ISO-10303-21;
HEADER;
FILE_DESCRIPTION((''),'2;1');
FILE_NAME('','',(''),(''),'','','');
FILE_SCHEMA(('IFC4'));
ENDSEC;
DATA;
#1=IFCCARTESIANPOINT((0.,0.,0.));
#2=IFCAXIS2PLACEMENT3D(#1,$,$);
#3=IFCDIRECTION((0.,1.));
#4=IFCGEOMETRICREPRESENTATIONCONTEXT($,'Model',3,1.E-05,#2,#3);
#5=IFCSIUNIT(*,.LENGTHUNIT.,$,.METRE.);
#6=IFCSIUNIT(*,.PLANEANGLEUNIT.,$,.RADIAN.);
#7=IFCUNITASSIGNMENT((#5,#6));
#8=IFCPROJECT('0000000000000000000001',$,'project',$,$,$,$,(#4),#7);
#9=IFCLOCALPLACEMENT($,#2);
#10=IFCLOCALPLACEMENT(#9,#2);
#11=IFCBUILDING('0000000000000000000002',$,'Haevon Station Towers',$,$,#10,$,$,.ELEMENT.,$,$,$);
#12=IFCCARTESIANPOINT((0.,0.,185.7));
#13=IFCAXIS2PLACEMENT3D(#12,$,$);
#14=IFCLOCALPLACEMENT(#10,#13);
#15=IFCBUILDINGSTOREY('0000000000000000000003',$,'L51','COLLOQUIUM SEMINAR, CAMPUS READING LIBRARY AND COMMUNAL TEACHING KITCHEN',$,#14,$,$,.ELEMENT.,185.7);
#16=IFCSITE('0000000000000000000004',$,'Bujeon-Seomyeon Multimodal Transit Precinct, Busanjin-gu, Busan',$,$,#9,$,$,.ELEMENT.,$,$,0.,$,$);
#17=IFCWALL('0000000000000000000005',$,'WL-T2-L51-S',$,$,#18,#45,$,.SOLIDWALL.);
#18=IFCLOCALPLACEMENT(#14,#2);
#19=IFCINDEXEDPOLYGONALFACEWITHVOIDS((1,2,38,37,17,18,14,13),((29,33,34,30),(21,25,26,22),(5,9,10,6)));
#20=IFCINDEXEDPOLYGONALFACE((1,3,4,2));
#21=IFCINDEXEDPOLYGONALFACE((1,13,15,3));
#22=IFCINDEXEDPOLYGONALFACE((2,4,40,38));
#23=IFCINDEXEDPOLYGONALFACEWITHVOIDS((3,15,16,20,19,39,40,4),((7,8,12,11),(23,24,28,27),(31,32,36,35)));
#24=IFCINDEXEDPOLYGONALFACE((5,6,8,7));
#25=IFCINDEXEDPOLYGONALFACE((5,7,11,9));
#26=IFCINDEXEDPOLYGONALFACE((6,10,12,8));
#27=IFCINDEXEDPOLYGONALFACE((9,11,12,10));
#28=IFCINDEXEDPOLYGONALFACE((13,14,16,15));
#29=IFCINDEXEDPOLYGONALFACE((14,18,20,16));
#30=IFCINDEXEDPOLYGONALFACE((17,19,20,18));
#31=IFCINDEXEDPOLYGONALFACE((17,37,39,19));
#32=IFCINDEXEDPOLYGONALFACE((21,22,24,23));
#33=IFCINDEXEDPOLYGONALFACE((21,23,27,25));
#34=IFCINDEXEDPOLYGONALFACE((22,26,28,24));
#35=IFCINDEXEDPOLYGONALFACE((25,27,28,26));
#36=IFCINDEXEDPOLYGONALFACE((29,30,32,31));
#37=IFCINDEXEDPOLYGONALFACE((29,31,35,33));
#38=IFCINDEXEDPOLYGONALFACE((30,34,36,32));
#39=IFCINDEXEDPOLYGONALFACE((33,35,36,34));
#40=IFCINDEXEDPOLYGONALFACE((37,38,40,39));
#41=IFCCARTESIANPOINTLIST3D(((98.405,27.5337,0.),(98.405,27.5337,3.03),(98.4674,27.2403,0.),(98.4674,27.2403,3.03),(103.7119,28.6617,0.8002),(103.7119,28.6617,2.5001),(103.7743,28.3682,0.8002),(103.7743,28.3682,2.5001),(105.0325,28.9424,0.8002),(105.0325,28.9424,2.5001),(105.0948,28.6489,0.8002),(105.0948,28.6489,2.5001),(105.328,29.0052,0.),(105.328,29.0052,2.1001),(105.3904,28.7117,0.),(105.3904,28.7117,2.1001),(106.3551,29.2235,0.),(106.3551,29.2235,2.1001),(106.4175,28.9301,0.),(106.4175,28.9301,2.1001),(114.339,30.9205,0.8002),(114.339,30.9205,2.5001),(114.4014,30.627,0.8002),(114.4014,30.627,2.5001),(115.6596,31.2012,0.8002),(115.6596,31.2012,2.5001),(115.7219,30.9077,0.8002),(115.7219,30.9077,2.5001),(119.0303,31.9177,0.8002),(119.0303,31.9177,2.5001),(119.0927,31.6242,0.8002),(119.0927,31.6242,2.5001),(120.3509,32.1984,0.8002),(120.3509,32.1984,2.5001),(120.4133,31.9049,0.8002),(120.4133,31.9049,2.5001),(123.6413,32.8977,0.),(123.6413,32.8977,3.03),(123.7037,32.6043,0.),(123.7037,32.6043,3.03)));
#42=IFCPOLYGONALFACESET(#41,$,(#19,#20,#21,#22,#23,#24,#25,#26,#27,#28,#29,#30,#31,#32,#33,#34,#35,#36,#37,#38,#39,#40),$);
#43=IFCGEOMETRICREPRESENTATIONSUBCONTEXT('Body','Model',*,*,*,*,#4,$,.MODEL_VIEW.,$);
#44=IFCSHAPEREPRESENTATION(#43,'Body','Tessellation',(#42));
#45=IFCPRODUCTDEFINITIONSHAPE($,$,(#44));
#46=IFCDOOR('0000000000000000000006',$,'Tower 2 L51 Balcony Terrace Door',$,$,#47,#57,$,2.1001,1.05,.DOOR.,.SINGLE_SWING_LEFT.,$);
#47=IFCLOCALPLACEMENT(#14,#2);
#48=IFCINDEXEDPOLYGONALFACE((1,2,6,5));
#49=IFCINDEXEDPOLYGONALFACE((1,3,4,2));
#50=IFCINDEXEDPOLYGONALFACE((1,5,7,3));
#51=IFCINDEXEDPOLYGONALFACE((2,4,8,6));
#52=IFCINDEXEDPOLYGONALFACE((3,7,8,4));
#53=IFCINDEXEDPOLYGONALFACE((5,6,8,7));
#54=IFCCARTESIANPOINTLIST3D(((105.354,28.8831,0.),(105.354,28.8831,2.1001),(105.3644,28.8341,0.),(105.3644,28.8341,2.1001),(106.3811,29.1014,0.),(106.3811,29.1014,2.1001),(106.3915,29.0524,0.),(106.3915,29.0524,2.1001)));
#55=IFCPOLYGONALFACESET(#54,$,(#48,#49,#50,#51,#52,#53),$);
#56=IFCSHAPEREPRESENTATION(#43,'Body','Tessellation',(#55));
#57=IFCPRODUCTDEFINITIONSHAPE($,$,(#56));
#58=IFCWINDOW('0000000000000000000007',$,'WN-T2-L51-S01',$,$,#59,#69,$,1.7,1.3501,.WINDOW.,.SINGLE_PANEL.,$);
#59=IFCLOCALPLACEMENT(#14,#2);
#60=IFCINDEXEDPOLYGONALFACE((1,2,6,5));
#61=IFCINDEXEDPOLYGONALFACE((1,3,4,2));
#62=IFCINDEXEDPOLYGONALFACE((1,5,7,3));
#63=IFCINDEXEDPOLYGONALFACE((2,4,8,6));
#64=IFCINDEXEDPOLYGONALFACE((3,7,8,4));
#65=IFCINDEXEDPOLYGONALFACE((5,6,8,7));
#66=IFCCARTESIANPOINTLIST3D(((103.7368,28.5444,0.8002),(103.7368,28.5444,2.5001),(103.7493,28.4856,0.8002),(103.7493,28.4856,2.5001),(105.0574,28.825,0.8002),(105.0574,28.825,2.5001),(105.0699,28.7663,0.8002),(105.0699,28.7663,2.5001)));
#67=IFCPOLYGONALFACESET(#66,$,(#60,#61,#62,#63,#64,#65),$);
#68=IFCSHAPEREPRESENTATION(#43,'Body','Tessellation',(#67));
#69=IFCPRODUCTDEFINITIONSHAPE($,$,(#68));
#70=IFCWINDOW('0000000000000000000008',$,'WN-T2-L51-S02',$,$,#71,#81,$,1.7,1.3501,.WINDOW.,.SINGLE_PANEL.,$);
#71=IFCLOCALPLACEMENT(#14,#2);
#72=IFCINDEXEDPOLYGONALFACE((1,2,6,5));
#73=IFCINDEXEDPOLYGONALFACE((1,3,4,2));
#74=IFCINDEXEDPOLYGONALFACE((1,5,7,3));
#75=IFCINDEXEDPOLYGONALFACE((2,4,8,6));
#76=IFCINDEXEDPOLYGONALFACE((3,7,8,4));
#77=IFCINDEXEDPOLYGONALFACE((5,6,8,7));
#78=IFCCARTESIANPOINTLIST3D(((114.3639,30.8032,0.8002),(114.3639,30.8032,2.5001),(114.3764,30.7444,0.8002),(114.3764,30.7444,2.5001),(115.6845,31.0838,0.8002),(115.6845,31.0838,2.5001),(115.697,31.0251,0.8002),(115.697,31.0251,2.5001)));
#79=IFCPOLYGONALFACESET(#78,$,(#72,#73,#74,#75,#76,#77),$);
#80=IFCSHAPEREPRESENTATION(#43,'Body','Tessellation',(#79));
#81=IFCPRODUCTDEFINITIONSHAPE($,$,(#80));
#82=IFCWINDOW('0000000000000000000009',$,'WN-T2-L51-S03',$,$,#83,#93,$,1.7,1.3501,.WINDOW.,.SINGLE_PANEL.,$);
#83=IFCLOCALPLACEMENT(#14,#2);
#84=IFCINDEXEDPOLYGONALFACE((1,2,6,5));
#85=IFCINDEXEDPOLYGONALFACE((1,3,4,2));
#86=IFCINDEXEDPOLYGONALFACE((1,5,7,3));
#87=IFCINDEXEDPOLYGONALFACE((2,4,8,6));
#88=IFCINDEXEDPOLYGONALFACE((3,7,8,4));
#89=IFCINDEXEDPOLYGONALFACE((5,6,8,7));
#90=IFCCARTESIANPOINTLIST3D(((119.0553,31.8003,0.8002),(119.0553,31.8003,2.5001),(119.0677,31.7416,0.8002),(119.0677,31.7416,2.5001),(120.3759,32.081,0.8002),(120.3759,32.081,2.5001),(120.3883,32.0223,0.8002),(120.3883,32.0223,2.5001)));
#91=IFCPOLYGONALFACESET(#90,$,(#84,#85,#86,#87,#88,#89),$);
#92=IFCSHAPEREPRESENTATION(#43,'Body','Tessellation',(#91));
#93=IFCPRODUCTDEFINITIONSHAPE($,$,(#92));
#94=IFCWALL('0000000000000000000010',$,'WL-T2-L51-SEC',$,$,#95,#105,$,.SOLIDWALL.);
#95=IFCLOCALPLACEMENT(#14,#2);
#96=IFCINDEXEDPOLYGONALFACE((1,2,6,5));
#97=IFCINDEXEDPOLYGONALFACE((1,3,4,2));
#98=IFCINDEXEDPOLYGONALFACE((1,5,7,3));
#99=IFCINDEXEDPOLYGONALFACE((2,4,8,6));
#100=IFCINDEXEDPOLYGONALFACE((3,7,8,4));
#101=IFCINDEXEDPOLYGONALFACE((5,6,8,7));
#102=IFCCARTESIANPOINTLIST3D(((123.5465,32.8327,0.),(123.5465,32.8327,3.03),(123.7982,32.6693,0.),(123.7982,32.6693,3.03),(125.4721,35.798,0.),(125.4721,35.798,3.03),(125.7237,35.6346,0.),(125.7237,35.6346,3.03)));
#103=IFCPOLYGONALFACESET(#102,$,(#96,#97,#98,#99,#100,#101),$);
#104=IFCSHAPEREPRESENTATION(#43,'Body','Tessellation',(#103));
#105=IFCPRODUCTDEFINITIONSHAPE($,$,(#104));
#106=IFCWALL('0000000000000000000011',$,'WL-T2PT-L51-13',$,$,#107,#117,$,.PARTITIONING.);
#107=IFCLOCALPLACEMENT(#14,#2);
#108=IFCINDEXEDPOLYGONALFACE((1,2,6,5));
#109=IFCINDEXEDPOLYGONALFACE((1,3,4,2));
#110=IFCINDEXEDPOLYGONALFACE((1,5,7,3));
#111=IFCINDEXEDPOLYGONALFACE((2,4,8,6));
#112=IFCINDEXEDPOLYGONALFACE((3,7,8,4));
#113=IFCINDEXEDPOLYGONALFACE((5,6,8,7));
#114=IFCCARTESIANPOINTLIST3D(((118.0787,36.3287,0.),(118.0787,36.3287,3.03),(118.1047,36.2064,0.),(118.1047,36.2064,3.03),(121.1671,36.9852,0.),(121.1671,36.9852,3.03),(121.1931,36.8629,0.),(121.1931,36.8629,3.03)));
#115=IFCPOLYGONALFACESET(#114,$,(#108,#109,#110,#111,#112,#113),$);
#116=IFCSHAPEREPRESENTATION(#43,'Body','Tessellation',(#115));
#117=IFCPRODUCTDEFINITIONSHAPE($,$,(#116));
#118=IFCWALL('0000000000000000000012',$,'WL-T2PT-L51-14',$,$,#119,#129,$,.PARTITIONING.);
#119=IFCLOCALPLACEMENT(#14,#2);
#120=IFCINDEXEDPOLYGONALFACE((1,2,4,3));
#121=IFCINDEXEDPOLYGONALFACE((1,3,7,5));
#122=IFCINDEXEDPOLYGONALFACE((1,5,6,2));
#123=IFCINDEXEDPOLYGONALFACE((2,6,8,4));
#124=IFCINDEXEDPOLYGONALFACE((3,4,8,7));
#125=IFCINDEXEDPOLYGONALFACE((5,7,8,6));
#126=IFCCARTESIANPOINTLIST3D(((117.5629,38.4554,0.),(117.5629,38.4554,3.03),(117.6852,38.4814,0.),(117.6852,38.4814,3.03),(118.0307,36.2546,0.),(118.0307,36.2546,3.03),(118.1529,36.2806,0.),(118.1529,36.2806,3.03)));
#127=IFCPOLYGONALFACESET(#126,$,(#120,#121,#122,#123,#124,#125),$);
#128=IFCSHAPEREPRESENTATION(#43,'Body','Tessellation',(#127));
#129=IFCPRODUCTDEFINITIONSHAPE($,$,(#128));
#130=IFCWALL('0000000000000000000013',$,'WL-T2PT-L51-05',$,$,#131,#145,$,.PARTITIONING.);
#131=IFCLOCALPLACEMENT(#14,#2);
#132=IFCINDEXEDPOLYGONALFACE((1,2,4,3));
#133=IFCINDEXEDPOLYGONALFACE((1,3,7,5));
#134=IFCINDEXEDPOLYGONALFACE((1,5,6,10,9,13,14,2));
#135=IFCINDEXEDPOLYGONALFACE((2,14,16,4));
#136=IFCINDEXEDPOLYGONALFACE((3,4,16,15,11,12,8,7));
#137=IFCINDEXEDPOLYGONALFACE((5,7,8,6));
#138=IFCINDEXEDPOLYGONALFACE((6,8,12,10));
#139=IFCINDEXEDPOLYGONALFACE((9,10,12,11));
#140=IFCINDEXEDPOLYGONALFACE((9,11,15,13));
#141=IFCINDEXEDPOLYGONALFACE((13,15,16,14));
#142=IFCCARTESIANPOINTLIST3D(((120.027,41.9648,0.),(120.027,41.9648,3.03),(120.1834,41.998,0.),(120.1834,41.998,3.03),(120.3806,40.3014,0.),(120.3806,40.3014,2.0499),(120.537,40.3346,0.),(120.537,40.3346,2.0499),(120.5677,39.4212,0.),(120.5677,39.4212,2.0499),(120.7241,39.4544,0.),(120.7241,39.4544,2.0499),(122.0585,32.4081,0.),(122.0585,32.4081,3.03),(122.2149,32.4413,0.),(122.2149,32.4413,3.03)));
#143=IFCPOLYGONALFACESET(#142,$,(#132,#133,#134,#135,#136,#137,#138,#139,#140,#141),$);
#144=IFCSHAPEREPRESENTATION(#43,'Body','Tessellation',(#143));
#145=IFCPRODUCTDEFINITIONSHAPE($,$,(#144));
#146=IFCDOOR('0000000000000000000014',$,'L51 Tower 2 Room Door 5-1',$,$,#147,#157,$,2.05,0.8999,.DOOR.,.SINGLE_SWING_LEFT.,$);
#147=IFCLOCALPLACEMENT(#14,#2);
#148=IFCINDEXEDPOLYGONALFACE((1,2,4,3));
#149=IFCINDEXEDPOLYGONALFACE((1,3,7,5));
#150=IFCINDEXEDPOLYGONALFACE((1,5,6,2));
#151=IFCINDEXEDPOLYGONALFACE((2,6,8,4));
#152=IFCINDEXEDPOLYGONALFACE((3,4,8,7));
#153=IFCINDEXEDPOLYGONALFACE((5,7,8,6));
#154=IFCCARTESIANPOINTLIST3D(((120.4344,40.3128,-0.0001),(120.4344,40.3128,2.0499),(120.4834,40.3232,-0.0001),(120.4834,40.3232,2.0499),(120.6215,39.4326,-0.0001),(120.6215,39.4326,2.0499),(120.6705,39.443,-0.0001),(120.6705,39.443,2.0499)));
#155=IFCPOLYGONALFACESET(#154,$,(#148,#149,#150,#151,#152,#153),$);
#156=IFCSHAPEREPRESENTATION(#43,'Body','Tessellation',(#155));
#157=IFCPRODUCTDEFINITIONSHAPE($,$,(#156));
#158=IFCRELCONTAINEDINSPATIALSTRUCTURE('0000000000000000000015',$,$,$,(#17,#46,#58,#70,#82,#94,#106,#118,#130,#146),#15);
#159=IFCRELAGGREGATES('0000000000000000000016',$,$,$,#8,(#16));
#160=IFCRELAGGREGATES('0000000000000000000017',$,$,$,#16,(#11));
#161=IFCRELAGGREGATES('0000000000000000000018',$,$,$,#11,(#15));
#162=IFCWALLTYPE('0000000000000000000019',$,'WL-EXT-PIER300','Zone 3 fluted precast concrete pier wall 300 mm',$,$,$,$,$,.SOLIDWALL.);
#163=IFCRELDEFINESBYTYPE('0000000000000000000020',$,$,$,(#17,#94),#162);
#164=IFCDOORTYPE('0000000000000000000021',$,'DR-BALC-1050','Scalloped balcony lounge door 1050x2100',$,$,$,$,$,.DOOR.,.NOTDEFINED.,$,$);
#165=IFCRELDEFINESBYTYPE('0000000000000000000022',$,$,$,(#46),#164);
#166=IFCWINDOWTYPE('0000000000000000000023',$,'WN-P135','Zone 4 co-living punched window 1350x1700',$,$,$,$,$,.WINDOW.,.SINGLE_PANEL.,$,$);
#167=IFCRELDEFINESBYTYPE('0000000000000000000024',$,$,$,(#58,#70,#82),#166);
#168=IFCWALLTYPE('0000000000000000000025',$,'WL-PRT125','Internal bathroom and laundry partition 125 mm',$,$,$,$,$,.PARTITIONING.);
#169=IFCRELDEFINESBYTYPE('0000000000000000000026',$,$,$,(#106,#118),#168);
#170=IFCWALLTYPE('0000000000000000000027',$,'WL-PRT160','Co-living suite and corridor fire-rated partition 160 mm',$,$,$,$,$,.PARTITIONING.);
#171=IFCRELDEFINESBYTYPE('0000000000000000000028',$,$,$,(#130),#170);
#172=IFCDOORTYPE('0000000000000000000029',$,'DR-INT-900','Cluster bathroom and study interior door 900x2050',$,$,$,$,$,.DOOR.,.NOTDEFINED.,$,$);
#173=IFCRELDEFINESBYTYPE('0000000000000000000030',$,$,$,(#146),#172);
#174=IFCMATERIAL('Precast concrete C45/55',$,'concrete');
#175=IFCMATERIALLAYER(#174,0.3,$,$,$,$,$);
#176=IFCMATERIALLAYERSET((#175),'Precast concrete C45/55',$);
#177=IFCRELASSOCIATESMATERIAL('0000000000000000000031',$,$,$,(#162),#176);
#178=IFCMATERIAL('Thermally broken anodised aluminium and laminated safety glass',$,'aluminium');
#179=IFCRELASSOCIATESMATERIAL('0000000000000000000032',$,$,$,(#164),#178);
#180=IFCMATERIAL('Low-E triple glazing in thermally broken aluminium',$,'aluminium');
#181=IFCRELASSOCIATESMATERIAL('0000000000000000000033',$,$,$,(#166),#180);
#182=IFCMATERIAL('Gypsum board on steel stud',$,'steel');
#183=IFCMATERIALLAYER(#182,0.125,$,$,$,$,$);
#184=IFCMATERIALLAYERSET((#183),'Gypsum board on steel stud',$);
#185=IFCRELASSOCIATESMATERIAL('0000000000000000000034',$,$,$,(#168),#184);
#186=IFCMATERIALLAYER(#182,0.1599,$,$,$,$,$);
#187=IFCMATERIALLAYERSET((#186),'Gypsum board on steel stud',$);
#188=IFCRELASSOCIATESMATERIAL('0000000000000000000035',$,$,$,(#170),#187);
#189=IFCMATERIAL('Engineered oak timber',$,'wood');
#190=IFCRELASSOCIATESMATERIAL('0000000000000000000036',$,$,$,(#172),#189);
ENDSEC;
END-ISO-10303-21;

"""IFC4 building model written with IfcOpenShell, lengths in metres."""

from ifc_helpers import new_model, si_unit, direction, frame, frame_2d, origin, place, context, subcontext, project, spatial, rectangle, extrude, material, layer, layer_set, type_object, element, fill, save


model = new_model("IFC4")

# Units and contexts
model_context = context("Model", 3, precision=1e-05, world=origin(), true_north=direction((0.0, 1.0)))
body_context = subcontext(model_context, "Body", "Model", "MODEL_VIEW")
ifc_project = project(units=[si_unit("LENGTHUNIT", "METRE"), si_unit("PLANEANGLEUNIT", "RADIAN")], contexts=[model_context])

# Site, building, storey
site_placement = place(None, origin())
site = spatial("IfcSite", under=ifc_project, at=site_placement, Name="Bujeon-Seomyeon Multimodal Transit Precinct, Busanjin-gu, Busan", CompositionType="ELEMENT", RefElevation=0.0)
building_placement = place(site_placement, origin())
building = spatial("IfcBuilding", under=site, at=building_placement, Name="Haevon Station Towers", CompositionType="ELEMENT")
storey_placement = place(building_placement, frame((0.0, 0.0, 185.7)))
storey = spatial("IfcBuildingStorey", under=building, at=storey_placement, Name="L51", Description="COLLOQUIUM SEMINAR, CAMPUS READING LIBRARY AND COMMUNAL TEACHING KITCHEN", CompositionType="ELEMENT", Elevation=185.7)

# Wall, openings, door, windows
ifc_material_1 = material(Name="Precast concrete C45/55", Category="concrete")
ifc_layer_1 = layer(ifc_material_1, 0.3)
ifc_layer_set_1 = layer_set([ifc_layer_1], Name="Precast concrete C45/55")
wall_type_1 = type_object("IfcWallType", Name="WL-EXT-PIER300", Description="Zone 3 fluted precast concrete pier wall 300 mm", PredefinedType="SOLIDWALL", material=ifc_layer_set_1)
wall_1_placement = place(storey_placement, frame((123.6724, 32.751, 0.0), z_axis=(0.0, 0.0, 1.0), x_axis=(-0.978149, -0.207907, 0.0)))
wall_1 = element("IfcWall", 1, at=wall_1_placement, inside=storey, type_object=wall_type_1, Name="WL-T2-L51-S", PredefinedType="SOLIDWALL", context=body_context, shape_type="SweptSolid", body=[
    extrude(rectangle(XDim=25.8, YDim=0.3, at=frame_2d((12.8999, 0.0))), origin(), (0.0, 0.0, 1.0), 3.03),
])
opening_1_placement = place(wall_1_placement, frame((17.6724, 0.0, 0.0)))
opening_1 = element("IfcOpeningElement", 2, at=opening_1_placement, cuts=wall_1, PredefinedType="OPENING", context=body_context, shape_type="SweptSolid", body=[
    extrude(rectangle(XDim=1.05, YDim=2.1001, at=frame_2d((0.5249, 1.05))), frame((0.0, 0.1599, 0.0), z_axis=(0.0, -1.0, 0.0), x_axis=(1.0, 0.0, 0.0)), (0.0, 0.0, 1.0), 0.3201),
])
opening_2_placement = place(wall_1_placement, frame((19.0244, 0.0, 0.8)))
opening_2 = element("IfcOpeningElement", 3, at=opening_2_placement, cuts=wall_1, PredefinedType="OPENING", context=body_context, shape_type="SweptSolid", body=[
    extrude(rectangle(XDim=1.3501, YDim=1.7, at=frame_2d((0.675, 0.8501))), frame((0.0, 0.1599, 0.0), z_axis=(0.0, -1.0, 0.0), x_axis=(1.0, 0.0, 0.0)), (0.0, 0.0, 1.0), 0.3201),
])
opening_3_placement = place(wall_1_placement, frame((8.1599, 0.0, 0.8)))
opening_3 = element("IfcOpeningElement", 4, at=opening_3_placement, cuts=wall_1, PredefinedType="OPENING", context=body_context, shape_type="SweptSolid", body=[
    extrude(rectangle(XDim=1.3501, YDim=1.7, at=frame_2d((0.675, 0.8501))), frame((0.0, 0.1599, 0.0), z_axis=(0.0, -1.0, 0.0), x_axis=(1.0, 0.0, 0.0)), (0.0, 0.0, 1.0), 0.3201),
])
opening_4_placement = place(wall_1_placement, frame((3.3638, 0.0, 0.8)))
opening_4 = element("IfcOpeningElement", 5, at=opening_4_placement, cuts=wall_1, PredefinedType="OPENING", context=body_context, shape_type="SweptSolid", body=[
    extrude(rectangle(XDim=1.3501, YDim=1.7, at=frame_2d((0.675, 0.8501))), frame((0.0, 0.1599, 0.0), z_axis=(0.0, -1.0, 0.0), x_axis=(1.0, 0.0, 0.0)), (0.0, 0.0, 1.0), 0.3201),
])
ifc_material_2 = material(Name="Thermally broken anodised aluminium and laminated safety glass", Category="aluminium")
door_type_1 = type_object("IfcDoorType", Name="DR-BALC-1050", Description="Scalloped balcony lounge door 1050x2100", OperationType="NOTDEFINED", PredefinedType="DOOR", material=ifc_material_2)
door_1_placement = place(opening_1_placement, origin())
door_1 = element("IfcDoor", 6, at=door_1_placement, inside=storey, type_object=door_type_1, Name="Tower 2 L51 Balcony Terrace Door", OperationType="SINGLE_SWING_LEFT", OverallHeight=2.1001, OverallWidth=1.05, PredefinedType="DOOR", context=body_context, shape_type="SweptSolid", body=[
    extrude(rectangle(XDim=1.05, YDim=2.1001, at=frame_2d((0.5249, 1.05))), frame((0.0, 0.0249, 0.0), z_axis=(0.0, -1.0, 0.0), x_axis=(1.0, 0.0, 0.0)), (0.0, 0.0, 1.0), 0.05),
])
fill(opening_1, door_1)
ifc_material_3 = material(Name="Low-E triple glazing in thermally broken aluminium", Category="aluminium")
window_type = type_object("IfcWindowType", Name="WN-P135", Description="Zone 4 co-living punched window 1350x1700", PartitioningType="SINGLE_PANEL", PredefinedType="WINDOW", material=ifc_material_3)
window_1_placement = place(opening_2_placement, origin())
window_1 = element("IfcWindow", 7, at=window_1_placement, inside=storey, type_object=window_type, Name="WN-T2-L51-S01", OverallHeight=1.7, OverallWidth=1.3501, PartitioningType="SINGLE_PANEL", PredefinedType="WINDOW", context=body_context, shape_type="SweptSolid", body=[
    extrude(rectangle(XDim=1.3501, YDim=1.7, at=frame_2d((0.675, 0.8501))), frame((0.0, 0.03, 0.0), z_axis=(0.0, -1.0, 0.0), x_axis=(1.0, 0.0, 0.0)), (0.0, 0.0, 1.0), 0.0601),
])
fill(opening_2, window_1)
window_2_placement = place(opening_3_placement, origin())
window_2 = element("IfcWindow", 8, at=window_2_placement, inside=storey, type_object=window_type, Name="WN-T2-L51-S02", OverallHeight=1.7, OverallWidth=1.3501, PartitioningType="SINGLE_PANEL", PredefinedType="WINDOW", context=body_context, shape_type="SweptSolid", body=[
    extrude(rectangle(XDim=1.3501, YDim=1.7, at=frame_2d((0.675, 0.8501))), frame((0.0, 0.03, 0.0), z_axis=(0.0, -1.0, 0.0), x_axis=(1.0, 0.0, 0.0)), (0.0, 0.0, 1.0), 0.0601),
])
fill(opening_3, window_2)
window_3_placement = place(opening_4_placement, origin())
window_3 = element("IfcWindow", 9, at=window_3_placement, inside=storey, type_object=window_type, Name="WN-T2-L51-S03", OverallHeight=1.7, OverallWidth=1.3501, PartitioningType="SINGLE_PANEL", PredefinedType="WINDOW", context=body_context, shape_type="SweptSolid", body=[
    extrude(rectangle(XDim=1.3501, YDim=1.7, at=frame_2d((0.675, 0.8501))), frame((0.0, 0.03, 0.0), z_axis=(0.0, -1.0, 0.0), x_axis=(1.0, 0.0, 0.0)), (0.0, 0.0, 1.0), 0.0601),
])
fill(opening_4, window_3)

# Walls
wall_2_placement = place(storey_placement, frame((125.5979, 35.7163, 0.0), z_axis=(0.0, 0.0, 1.0), x_axis=(-0.544605, -0.838693, 0.0)))
element("IfcWall", 10, at=wall_2_placement, inside=storey, type_object=wall_type_1, Name="WL-T2-L51-SEC", PredefinedType="SOLIDWALL", context=body_context, shape_type="SweptSolid", body=[
    extrude(rectangle(XDim=3.5356, YDim=0.3, at=frame_2d((1.7678, 0.0))), origin(), (0.0, 0.0, 1.0), 3.03),
])
ifc_material_4 = material(Name="Gypsum board on steel stud", Category="steel")
ifc_layer_2 = layer(ifc_material_4, 0.125)
ifc_layer_set_2 = layer_set([ifc_layer_2], Name="Gypsum board on steel stud")
wall_type_2 = type_object("IfcWallType", Name="WL-PRT125", Description="Internal bathroom and laundry partition 125 mm", PredefinedType="PARTITIONING", material=ifc_layer_set_2)
wall_3_placement = place(storey_placement, frame((118.0918, 36.2676, 0.0), z_axis=(0.0, 0.0, 1.0), x_axis=(0.978145, 0.207923, 0.0)))
element("IfcWall", 11, at=wall_3_placement, inside=storey, type_object=wall_type_2, Name="WL-T2PT-L51-13", PredefinedType="PARTITIONING", context=body_context, shape_type="SweptSolid", body=[
    extrude(rectangle(XDim=3.1575, YDim=0.125, at=frame_2d((1.5786, 0.0))), origin(), (0.0, 0.0, 1.0), 3.03),
])
wall_4_placement = place(storey_placement, frame((118.0918, 36.2676, 0.0), z_axis=(0.0, 0.0, 1.0), x_axis=(-0.207891, 0.978152, 0.0)))
element("IfcWall", 12, at=wall_4_placement, inside=storey, type_object=wall_type_2, Name="WL-T2PT-L51-14", PredefinedType="PARTITIONING", context=body_context, shape_type="SweptSolid", body=[
    extrude(rectangle(XDim=2.25, YDim=0.125, at=frame_2d((1.125, 0.0))), origin(), (0.0, 0.0, 1.0), 3.03),
])

# Wall, opening, door
ifc_layer_3 = layer(ifc_material_4, 0.1599)
ifc_layer_set_3 = layer_set([ifc_layer_3], Name="Gypsum board on steel stud")
wall_type_3 = type_object("IfcWallType", Name="WL-PRT160", Description="Co-living suite and corridor fire-rated partition 160 mm", PredefinedType="PARTITIONING", material=ifc_layer_set_3)
wall_5_placement = place(storey_placement, frame((122.1367, 32.4246, 0.0), z_axis=(0.0, 0.0, 1.0), x_axis=(-0.207928, 0.978144, 0.0)))
wall_5 = element("IfcWall", 13, at=wall_5_placement, inside=storey, type_object=wall_type_3, Name="WL-T2PT-L51-05", PredefinedType="PARTITIONING", context=body_context, shape_type="SweptSolid", body=[
    extrude(rectangle(XDim=9.7703, YDim=0.1599, at=frame_2d((4.8853, 0.0))), origin(), (0.0, 0.0, 1.0), 3.03),
])
opening_5_placement = place(wall_5_placement, frame((7.1699, 0.0, 0.0)))
opening_5 = element("IfcOpeningElement", 14, at=opening_5_placement, cuts=wall_5, PredefinedType="OPENING", context=body_context, shape_type="SweptSolid", body=[
    extrude(rectangle(XDim=0.8999, YDim=2.05, at=frame_2d((0.45, 1.0249))), frame((0.0, 0.0898, 0.0), z_axis=(0.0, -1.0, 0.0), x_axis=(1.0, 0.0, 0.0)), (0.0, 0.0, 1.0), 0.1799),
])
ifc_material_5 = material(Name="Engineered oak timber", Category="wood")
door_type_2 = type_object("IfcDoorType", Name="DR-INT-900", Description="Cluster bathroom and study interior door 900x2050", OperationType="NOTDEFINED", PredefinedType="DOOR", material=ifc_material_5)
door_2_placement = place(opening_5_placement, origin())
door_2 = element("IfcDoor", 15, at=door_2_placement, inside=storey, type_object=door_type_2, Name="L51 Tower 2 Room Door 5-1", OperationType="SINGLE_SWING_LEFT", OverallHeight=2.05, OverallWidth=0.8999, PredefinedType="DOOR", context=body_context, shape_type="SweptSolid", body=[
    extrude(rectangle(XDim=0.8999, YDim=2.05, at=frame_2d((0.45, 1.0249))), frame((0.0, 0.0249, 0.0), z_axis=(0.0, -1.0, 0.0), x_axis=(1.0, 0.0, 0.0)), (0.0, 0.0, 1.0), 0.05),
])
fill(opening_5, door_2)

save(model, "model.ifc")
